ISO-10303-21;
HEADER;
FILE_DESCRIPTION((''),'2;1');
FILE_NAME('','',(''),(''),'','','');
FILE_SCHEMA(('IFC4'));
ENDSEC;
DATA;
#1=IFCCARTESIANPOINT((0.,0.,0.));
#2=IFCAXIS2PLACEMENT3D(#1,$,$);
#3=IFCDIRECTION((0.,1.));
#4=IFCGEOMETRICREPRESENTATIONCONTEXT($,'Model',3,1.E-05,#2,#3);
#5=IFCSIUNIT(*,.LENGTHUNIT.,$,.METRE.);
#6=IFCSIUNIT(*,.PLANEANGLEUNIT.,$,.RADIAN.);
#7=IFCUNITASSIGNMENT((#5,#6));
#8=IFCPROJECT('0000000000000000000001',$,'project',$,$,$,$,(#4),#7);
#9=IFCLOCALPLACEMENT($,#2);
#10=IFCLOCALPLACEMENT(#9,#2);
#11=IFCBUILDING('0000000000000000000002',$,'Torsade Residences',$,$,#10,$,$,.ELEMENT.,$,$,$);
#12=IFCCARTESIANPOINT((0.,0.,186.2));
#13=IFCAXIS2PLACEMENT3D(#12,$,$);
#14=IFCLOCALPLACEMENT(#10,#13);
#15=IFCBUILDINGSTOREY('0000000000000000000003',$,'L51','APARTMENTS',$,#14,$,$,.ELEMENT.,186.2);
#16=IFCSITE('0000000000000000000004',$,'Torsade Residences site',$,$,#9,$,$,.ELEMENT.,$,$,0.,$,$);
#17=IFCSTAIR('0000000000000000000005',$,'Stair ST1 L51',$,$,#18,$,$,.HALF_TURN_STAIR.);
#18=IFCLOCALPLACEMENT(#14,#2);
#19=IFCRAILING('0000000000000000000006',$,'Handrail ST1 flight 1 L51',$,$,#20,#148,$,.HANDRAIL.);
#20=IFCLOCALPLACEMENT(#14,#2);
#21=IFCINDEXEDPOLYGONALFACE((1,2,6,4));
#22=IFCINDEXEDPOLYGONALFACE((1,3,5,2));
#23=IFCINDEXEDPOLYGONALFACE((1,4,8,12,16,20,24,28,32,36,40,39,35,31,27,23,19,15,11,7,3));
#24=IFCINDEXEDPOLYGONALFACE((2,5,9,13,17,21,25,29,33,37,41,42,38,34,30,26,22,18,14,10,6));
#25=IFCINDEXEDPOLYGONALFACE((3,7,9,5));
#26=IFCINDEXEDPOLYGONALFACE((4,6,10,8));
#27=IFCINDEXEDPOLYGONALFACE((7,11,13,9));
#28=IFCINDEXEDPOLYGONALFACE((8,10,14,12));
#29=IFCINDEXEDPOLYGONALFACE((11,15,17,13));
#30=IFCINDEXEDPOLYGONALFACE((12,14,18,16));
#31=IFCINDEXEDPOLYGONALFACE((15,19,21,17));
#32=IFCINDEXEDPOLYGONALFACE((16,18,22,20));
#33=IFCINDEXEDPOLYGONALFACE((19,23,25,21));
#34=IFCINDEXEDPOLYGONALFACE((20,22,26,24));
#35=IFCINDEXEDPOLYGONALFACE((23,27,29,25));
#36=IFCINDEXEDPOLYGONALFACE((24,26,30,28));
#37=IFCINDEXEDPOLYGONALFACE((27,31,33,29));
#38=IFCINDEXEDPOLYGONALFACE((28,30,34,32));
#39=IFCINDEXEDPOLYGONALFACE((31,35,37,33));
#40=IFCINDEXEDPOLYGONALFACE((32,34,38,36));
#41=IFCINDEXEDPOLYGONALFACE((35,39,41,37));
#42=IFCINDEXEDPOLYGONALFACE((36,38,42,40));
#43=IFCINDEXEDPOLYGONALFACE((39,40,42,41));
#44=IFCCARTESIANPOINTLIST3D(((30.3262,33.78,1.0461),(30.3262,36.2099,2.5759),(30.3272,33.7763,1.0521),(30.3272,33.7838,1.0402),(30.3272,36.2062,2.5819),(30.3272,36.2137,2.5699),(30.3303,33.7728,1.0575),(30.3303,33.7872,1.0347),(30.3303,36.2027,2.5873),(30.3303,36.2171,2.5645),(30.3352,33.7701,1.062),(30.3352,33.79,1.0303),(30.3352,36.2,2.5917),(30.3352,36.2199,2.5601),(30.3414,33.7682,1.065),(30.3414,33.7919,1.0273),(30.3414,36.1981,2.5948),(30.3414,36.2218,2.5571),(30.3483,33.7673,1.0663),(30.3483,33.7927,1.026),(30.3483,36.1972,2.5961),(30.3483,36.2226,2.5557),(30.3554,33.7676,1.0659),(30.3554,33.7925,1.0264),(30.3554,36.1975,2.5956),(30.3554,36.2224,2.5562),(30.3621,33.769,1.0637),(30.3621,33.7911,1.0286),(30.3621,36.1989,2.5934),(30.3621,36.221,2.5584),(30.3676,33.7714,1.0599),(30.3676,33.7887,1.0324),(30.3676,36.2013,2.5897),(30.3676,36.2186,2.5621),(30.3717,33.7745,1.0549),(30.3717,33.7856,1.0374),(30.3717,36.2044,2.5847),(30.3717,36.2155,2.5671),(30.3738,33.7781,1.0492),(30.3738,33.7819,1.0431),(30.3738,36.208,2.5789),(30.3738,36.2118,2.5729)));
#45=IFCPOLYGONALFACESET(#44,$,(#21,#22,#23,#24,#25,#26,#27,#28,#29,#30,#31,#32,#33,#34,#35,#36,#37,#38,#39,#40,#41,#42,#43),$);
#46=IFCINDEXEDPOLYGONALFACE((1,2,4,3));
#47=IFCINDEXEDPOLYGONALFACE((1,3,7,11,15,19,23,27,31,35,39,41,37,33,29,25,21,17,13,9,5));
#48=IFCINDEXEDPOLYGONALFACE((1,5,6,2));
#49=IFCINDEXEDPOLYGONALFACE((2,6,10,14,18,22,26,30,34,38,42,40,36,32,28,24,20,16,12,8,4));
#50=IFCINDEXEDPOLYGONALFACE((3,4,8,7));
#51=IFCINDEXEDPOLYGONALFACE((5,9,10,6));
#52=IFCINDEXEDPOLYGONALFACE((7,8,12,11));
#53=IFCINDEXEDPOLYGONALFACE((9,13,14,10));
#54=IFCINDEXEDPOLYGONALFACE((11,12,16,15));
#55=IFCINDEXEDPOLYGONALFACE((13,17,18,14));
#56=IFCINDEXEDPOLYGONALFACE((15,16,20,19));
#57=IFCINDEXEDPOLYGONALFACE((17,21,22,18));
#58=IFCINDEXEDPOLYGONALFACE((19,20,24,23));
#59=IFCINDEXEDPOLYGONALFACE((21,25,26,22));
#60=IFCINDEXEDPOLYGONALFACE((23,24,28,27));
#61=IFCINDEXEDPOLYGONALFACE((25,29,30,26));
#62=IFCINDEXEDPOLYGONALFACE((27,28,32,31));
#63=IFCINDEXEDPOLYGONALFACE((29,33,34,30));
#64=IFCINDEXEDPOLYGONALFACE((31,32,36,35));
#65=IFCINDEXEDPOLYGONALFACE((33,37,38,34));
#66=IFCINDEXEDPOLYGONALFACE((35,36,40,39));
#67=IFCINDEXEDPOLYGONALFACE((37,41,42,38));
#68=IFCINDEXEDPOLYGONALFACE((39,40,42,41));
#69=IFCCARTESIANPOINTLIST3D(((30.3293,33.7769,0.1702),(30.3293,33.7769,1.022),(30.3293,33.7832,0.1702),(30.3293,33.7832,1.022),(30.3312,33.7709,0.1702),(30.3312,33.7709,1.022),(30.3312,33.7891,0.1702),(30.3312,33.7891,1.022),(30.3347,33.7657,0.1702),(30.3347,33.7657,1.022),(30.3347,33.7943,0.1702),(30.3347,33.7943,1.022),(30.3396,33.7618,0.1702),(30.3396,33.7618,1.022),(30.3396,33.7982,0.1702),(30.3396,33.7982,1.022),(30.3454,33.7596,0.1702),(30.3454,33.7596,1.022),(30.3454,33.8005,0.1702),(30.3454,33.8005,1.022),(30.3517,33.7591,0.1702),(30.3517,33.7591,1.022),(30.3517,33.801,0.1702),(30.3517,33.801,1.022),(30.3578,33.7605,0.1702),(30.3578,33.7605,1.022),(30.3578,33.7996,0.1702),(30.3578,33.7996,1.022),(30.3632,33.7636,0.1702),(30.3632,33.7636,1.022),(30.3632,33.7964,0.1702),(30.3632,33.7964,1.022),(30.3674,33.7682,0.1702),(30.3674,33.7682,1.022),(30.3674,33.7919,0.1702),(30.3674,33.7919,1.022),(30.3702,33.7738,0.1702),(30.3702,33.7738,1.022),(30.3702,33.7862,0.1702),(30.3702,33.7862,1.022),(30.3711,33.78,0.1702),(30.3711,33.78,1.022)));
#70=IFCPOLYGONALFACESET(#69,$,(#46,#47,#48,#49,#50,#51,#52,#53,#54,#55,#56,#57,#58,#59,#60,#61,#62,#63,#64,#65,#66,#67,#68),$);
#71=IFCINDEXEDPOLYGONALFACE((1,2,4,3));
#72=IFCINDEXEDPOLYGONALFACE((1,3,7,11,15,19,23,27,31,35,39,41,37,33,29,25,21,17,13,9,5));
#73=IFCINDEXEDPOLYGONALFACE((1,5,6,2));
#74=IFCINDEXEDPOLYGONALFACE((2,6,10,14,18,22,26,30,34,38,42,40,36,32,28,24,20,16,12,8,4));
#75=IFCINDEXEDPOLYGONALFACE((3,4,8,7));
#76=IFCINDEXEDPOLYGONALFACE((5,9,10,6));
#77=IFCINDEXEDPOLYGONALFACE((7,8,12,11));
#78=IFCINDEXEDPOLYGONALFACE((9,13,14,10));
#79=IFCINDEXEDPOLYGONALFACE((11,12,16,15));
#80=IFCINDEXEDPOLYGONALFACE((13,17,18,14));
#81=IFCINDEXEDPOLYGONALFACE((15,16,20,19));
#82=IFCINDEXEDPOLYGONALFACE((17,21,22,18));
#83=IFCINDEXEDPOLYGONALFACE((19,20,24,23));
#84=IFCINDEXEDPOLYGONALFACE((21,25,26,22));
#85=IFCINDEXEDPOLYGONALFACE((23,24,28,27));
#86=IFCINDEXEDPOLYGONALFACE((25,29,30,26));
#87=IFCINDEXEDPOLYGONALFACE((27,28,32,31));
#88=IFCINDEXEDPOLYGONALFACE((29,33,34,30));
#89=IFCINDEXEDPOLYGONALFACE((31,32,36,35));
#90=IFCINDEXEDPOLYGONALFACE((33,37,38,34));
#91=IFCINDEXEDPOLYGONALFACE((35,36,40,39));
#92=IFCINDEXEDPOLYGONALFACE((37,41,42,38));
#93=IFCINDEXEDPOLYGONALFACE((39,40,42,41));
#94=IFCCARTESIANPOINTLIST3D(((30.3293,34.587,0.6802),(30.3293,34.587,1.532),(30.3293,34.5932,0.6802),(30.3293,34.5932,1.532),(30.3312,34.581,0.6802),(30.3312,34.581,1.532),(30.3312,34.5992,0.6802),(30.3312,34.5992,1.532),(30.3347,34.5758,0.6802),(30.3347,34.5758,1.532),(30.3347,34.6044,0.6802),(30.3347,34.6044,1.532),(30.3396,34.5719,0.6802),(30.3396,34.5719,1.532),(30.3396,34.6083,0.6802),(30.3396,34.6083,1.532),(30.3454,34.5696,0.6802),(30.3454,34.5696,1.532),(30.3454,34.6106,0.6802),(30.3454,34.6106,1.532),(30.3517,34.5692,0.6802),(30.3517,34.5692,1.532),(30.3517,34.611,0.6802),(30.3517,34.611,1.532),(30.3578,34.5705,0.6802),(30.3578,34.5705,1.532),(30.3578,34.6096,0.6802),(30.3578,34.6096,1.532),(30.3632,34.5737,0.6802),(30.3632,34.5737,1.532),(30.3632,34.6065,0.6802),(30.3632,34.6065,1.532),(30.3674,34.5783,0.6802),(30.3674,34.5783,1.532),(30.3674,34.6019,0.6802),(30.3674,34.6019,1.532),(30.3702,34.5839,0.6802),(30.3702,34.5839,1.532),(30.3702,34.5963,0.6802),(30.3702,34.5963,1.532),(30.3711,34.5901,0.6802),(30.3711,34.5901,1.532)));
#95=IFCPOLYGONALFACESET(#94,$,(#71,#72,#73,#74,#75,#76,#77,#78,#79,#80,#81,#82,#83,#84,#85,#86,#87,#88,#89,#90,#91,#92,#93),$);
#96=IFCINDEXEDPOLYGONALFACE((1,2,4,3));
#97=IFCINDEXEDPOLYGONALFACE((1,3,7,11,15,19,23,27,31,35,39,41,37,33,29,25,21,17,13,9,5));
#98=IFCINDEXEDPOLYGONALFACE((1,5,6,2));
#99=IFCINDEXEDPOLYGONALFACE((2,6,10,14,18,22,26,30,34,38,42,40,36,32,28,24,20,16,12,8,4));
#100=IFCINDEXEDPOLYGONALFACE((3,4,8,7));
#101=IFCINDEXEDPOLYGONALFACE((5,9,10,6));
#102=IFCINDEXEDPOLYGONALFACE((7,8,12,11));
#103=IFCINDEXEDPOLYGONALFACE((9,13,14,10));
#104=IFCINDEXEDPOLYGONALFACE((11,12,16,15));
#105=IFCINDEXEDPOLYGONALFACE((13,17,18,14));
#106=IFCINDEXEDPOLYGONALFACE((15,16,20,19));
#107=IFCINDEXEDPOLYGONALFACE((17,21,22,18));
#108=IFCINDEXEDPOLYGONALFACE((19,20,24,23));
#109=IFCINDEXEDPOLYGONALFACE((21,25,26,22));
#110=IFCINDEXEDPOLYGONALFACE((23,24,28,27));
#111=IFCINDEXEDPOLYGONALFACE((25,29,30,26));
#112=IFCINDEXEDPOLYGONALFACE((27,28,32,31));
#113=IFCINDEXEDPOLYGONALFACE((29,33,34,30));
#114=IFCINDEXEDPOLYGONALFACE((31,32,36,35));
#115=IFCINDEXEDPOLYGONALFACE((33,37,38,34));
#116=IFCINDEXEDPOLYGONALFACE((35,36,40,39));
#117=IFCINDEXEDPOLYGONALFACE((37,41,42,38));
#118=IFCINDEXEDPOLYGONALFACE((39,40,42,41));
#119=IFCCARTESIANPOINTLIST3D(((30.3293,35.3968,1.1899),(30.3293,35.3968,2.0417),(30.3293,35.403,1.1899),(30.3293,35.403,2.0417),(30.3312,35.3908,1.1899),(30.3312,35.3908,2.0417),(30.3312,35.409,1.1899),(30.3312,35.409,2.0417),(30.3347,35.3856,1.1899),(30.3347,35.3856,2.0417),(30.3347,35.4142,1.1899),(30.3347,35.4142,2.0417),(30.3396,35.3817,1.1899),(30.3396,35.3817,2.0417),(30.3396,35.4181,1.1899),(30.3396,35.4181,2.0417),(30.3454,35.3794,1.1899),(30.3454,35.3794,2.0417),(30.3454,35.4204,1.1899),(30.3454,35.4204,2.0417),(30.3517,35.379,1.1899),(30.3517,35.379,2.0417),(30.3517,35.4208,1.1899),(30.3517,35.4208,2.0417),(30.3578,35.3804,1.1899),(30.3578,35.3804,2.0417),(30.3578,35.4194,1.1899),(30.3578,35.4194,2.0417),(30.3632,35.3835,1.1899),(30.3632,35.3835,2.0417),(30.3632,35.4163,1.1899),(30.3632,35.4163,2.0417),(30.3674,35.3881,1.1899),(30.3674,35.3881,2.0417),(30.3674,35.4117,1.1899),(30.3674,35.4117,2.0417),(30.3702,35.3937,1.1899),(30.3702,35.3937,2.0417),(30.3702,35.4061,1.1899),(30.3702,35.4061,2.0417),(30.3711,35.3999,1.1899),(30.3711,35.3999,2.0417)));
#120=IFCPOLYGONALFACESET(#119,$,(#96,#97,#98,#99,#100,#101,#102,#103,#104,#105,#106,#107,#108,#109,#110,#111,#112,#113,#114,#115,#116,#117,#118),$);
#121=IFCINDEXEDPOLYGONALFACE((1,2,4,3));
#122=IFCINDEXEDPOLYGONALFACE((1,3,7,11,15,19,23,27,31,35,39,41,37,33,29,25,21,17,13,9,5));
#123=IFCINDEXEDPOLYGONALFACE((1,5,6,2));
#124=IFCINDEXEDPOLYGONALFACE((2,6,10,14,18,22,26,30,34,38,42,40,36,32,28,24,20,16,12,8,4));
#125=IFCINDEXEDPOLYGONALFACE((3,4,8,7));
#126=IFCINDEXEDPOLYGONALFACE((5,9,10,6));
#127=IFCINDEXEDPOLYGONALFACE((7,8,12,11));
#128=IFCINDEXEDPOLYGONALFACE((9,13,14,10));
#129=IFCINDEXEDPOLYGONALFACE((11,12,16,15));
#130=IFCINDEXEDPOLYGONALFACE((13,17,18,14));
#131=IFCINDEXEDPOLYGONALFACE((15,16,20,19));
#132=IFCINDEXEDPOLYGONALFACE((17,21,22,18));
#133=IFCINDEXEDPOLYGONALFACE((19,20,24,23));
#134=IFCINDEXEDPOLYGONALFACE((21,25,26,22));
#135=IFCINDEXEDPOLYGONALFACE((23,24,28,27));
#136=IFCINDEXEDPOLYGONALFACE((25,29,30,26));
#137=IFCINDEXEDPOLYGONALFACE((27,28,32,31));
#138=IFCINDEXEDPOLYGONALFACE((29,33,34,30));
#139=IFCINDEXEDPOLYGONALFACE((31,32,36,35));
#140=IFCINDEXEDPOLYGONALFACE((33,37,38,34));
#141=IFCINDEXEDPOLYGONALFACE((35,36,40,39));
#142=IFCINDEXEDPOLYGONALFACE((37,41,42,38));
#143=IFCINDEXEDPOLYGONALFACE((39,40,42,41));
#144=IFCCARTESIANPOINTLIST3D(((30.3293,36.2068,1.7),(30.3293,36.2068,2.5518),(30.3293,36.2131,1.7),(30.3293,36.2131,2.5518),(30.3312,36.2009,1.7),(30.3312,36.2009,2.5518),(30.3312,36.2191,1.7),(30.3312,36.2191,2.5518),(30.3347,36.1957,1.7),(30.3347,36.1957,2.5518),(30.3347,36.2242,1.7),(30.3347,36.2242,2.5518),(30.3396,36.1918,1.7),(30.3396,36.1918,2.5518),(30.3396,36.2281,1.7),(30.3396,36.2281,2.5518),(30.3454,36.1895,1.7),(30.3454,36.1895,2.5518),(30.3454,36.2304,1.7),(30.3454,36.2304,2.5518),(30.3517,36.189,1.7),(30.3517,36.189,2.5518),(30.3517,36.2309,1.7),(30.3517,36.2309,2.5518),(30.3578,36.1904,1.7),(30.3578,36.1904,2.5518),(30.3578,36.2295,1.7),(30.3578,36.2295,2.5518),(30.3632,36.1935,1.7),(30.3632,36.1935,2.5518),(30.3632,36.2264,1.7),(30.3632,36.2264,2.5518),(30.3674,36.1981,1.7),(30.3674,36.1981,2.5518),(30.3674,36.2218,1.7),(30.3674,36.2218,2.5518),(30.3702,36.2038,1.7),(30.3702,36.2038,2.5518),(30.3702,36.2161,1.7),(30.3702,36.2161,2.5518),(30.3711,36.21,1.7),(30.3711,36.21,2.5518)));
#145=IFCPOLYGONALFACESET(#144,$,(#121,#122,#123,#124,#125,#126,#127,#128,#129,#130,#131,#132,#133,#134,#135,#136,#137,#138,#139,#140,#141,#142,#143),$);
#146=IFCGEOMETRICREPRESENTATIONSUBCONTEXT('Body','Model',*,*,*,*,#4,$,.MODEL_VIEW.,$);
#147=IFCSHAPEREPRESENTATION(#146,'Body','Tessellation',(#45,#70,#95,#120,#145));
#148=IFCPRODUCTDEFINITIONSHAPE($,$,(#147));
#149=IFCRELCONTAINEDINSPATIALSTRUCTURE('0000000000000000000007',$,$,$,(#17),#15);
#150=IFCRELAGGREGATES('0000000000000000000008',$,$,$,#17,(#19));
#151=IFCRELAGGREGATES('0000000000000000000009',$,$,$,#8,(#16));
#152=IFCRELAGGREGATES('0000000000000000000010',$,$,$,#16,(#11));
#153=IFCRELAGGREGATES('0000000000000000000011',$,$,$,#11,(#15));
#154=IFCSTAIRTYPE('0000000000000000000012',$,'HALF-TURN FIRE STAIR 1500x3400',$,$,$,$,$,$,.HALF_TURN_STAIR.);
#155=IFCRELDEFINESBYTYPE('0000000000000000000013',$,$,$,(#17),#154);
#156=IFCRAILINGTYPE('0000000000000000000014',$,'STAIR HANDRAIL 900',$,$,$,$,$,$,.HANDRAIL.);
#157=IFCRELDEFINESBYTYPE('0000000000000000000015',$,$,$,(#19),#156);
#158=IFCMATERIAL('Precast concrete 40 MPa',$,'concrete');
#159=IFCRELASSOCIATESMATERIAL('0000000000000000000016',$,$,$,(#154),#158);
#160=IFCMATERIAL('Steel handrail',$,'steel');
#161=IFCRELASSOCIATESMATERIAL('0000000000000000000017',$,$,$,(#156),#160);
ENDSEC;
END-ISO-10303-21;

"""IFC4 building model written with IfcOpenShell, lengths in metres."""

from ifc_helpers import new_model, si_unit, direction, frame, origin, origin_2d, place, context, subcontext, project, spatial, circle, extrude, material, type_object, element, aggregate, save


model = new_model("IFC4")

# Units and contexts
model_context = context("Model", 3, precision=1e-05, world=origin(), true_north=direction((0.0, 1.0)))
body_context = subcontext(model_context, "Body", "Model", "MODEL_VIEW")
ifc_project = project(units=[si_unit("LENGTHUNIT", "METRE"), si_unit("PLANEANGLEUNIT", "RADIAN")], contexts=[model_context])

# Site, building, storey
site_placement = place(None, origin())
site = spatial("IfcSite", under=ifc_project, at=site_placement, Name="Torsade Residences site", CompositionType="ELEMENT", RefElevation=0.0)
building_placement = place(site_placement, origin())
building = spatial("IfcBuilding", under=site, at=building_placement, Name="Torsade Residences", CompositionType="ELEMENT")
storey_placement = place(building_placement, frame((0.0, 0.0, 186.2)))
storey = spatial("IfcBuildingStorey", under=building, at=storey_placement, Name="L51", Description="APARTMENTS", CompositionType="ELEMENT", Elevation=186.2)

# Stair, railing
ifc_material_1 = material(Name="Precast concrete 40 MPa", Category="concrete")
stair_type = type_object("IfcStairType", Name="HALF-TURN FIRE STAIR 1500x3400", PredefinedType="HALF_TURN_STAIR", material=ifc_material_1)
stair_placement = place(storey_placement, origin())
stair = element("IfcStair", 1, at=stair_placement, inside=storey, type_object=stair_type, Name="Stair ST1 L51", PredefinedType="HALF_TURN_STAIR")
ifc_material_2 = material(Name="Steel handrail", Category="steel")
railing_type = type_object("IfcRailingType", Name="STAIR HANDRAIL 900", PredefinedType="HANDRAIL", material=ifc_material_2)
railing_1_placement = place(storey_placement, frame((30.3501, 33.78, 0.1702)))
railing_1 = element("IfcRailing", 2, at=railing_1_placement, type_object=railing_type, Name="Handrail ST1 flight 1 L51", PredefinedType="HANDRAIL", context=body_context, shape_type="SweptSolid", body=[
    extrude(circle(Radius=0.0239, at=origin_2d()), frame((0.0, 0.0, 0.876), z_axis=(0.0, 0.84626, 0.53277), x_axis=(-1.0, 0.0, 0.0)), (0.0, 0.0, 1.0), 2.8713),
    extrude(circle(Radius=0.021, at=origin_2d()), origin(), (0.0, 0.0, 1.0), 0.8518),
    extrude(circle(Radius=0.021, at=origin_2d()), frame((0.0, 0.8101, 0.51)), (0.0, 0.0, 1.0), 0.8518),
    extrude(circle(Radius=0.021, at=origin_2d()), frame((0.0, 1.6199, 1.0198)), (0.0, 0.0, 1.0), 0.8518),
    extrude(circle(Radius=0.021, at=origin_2d()), frame((0.0, 2.4299, 1.5298)), (0.0, 0.0, 1.0), 0.8518),
])
aggregate(stair, [railing_1])

save(model, "model.ifc")
